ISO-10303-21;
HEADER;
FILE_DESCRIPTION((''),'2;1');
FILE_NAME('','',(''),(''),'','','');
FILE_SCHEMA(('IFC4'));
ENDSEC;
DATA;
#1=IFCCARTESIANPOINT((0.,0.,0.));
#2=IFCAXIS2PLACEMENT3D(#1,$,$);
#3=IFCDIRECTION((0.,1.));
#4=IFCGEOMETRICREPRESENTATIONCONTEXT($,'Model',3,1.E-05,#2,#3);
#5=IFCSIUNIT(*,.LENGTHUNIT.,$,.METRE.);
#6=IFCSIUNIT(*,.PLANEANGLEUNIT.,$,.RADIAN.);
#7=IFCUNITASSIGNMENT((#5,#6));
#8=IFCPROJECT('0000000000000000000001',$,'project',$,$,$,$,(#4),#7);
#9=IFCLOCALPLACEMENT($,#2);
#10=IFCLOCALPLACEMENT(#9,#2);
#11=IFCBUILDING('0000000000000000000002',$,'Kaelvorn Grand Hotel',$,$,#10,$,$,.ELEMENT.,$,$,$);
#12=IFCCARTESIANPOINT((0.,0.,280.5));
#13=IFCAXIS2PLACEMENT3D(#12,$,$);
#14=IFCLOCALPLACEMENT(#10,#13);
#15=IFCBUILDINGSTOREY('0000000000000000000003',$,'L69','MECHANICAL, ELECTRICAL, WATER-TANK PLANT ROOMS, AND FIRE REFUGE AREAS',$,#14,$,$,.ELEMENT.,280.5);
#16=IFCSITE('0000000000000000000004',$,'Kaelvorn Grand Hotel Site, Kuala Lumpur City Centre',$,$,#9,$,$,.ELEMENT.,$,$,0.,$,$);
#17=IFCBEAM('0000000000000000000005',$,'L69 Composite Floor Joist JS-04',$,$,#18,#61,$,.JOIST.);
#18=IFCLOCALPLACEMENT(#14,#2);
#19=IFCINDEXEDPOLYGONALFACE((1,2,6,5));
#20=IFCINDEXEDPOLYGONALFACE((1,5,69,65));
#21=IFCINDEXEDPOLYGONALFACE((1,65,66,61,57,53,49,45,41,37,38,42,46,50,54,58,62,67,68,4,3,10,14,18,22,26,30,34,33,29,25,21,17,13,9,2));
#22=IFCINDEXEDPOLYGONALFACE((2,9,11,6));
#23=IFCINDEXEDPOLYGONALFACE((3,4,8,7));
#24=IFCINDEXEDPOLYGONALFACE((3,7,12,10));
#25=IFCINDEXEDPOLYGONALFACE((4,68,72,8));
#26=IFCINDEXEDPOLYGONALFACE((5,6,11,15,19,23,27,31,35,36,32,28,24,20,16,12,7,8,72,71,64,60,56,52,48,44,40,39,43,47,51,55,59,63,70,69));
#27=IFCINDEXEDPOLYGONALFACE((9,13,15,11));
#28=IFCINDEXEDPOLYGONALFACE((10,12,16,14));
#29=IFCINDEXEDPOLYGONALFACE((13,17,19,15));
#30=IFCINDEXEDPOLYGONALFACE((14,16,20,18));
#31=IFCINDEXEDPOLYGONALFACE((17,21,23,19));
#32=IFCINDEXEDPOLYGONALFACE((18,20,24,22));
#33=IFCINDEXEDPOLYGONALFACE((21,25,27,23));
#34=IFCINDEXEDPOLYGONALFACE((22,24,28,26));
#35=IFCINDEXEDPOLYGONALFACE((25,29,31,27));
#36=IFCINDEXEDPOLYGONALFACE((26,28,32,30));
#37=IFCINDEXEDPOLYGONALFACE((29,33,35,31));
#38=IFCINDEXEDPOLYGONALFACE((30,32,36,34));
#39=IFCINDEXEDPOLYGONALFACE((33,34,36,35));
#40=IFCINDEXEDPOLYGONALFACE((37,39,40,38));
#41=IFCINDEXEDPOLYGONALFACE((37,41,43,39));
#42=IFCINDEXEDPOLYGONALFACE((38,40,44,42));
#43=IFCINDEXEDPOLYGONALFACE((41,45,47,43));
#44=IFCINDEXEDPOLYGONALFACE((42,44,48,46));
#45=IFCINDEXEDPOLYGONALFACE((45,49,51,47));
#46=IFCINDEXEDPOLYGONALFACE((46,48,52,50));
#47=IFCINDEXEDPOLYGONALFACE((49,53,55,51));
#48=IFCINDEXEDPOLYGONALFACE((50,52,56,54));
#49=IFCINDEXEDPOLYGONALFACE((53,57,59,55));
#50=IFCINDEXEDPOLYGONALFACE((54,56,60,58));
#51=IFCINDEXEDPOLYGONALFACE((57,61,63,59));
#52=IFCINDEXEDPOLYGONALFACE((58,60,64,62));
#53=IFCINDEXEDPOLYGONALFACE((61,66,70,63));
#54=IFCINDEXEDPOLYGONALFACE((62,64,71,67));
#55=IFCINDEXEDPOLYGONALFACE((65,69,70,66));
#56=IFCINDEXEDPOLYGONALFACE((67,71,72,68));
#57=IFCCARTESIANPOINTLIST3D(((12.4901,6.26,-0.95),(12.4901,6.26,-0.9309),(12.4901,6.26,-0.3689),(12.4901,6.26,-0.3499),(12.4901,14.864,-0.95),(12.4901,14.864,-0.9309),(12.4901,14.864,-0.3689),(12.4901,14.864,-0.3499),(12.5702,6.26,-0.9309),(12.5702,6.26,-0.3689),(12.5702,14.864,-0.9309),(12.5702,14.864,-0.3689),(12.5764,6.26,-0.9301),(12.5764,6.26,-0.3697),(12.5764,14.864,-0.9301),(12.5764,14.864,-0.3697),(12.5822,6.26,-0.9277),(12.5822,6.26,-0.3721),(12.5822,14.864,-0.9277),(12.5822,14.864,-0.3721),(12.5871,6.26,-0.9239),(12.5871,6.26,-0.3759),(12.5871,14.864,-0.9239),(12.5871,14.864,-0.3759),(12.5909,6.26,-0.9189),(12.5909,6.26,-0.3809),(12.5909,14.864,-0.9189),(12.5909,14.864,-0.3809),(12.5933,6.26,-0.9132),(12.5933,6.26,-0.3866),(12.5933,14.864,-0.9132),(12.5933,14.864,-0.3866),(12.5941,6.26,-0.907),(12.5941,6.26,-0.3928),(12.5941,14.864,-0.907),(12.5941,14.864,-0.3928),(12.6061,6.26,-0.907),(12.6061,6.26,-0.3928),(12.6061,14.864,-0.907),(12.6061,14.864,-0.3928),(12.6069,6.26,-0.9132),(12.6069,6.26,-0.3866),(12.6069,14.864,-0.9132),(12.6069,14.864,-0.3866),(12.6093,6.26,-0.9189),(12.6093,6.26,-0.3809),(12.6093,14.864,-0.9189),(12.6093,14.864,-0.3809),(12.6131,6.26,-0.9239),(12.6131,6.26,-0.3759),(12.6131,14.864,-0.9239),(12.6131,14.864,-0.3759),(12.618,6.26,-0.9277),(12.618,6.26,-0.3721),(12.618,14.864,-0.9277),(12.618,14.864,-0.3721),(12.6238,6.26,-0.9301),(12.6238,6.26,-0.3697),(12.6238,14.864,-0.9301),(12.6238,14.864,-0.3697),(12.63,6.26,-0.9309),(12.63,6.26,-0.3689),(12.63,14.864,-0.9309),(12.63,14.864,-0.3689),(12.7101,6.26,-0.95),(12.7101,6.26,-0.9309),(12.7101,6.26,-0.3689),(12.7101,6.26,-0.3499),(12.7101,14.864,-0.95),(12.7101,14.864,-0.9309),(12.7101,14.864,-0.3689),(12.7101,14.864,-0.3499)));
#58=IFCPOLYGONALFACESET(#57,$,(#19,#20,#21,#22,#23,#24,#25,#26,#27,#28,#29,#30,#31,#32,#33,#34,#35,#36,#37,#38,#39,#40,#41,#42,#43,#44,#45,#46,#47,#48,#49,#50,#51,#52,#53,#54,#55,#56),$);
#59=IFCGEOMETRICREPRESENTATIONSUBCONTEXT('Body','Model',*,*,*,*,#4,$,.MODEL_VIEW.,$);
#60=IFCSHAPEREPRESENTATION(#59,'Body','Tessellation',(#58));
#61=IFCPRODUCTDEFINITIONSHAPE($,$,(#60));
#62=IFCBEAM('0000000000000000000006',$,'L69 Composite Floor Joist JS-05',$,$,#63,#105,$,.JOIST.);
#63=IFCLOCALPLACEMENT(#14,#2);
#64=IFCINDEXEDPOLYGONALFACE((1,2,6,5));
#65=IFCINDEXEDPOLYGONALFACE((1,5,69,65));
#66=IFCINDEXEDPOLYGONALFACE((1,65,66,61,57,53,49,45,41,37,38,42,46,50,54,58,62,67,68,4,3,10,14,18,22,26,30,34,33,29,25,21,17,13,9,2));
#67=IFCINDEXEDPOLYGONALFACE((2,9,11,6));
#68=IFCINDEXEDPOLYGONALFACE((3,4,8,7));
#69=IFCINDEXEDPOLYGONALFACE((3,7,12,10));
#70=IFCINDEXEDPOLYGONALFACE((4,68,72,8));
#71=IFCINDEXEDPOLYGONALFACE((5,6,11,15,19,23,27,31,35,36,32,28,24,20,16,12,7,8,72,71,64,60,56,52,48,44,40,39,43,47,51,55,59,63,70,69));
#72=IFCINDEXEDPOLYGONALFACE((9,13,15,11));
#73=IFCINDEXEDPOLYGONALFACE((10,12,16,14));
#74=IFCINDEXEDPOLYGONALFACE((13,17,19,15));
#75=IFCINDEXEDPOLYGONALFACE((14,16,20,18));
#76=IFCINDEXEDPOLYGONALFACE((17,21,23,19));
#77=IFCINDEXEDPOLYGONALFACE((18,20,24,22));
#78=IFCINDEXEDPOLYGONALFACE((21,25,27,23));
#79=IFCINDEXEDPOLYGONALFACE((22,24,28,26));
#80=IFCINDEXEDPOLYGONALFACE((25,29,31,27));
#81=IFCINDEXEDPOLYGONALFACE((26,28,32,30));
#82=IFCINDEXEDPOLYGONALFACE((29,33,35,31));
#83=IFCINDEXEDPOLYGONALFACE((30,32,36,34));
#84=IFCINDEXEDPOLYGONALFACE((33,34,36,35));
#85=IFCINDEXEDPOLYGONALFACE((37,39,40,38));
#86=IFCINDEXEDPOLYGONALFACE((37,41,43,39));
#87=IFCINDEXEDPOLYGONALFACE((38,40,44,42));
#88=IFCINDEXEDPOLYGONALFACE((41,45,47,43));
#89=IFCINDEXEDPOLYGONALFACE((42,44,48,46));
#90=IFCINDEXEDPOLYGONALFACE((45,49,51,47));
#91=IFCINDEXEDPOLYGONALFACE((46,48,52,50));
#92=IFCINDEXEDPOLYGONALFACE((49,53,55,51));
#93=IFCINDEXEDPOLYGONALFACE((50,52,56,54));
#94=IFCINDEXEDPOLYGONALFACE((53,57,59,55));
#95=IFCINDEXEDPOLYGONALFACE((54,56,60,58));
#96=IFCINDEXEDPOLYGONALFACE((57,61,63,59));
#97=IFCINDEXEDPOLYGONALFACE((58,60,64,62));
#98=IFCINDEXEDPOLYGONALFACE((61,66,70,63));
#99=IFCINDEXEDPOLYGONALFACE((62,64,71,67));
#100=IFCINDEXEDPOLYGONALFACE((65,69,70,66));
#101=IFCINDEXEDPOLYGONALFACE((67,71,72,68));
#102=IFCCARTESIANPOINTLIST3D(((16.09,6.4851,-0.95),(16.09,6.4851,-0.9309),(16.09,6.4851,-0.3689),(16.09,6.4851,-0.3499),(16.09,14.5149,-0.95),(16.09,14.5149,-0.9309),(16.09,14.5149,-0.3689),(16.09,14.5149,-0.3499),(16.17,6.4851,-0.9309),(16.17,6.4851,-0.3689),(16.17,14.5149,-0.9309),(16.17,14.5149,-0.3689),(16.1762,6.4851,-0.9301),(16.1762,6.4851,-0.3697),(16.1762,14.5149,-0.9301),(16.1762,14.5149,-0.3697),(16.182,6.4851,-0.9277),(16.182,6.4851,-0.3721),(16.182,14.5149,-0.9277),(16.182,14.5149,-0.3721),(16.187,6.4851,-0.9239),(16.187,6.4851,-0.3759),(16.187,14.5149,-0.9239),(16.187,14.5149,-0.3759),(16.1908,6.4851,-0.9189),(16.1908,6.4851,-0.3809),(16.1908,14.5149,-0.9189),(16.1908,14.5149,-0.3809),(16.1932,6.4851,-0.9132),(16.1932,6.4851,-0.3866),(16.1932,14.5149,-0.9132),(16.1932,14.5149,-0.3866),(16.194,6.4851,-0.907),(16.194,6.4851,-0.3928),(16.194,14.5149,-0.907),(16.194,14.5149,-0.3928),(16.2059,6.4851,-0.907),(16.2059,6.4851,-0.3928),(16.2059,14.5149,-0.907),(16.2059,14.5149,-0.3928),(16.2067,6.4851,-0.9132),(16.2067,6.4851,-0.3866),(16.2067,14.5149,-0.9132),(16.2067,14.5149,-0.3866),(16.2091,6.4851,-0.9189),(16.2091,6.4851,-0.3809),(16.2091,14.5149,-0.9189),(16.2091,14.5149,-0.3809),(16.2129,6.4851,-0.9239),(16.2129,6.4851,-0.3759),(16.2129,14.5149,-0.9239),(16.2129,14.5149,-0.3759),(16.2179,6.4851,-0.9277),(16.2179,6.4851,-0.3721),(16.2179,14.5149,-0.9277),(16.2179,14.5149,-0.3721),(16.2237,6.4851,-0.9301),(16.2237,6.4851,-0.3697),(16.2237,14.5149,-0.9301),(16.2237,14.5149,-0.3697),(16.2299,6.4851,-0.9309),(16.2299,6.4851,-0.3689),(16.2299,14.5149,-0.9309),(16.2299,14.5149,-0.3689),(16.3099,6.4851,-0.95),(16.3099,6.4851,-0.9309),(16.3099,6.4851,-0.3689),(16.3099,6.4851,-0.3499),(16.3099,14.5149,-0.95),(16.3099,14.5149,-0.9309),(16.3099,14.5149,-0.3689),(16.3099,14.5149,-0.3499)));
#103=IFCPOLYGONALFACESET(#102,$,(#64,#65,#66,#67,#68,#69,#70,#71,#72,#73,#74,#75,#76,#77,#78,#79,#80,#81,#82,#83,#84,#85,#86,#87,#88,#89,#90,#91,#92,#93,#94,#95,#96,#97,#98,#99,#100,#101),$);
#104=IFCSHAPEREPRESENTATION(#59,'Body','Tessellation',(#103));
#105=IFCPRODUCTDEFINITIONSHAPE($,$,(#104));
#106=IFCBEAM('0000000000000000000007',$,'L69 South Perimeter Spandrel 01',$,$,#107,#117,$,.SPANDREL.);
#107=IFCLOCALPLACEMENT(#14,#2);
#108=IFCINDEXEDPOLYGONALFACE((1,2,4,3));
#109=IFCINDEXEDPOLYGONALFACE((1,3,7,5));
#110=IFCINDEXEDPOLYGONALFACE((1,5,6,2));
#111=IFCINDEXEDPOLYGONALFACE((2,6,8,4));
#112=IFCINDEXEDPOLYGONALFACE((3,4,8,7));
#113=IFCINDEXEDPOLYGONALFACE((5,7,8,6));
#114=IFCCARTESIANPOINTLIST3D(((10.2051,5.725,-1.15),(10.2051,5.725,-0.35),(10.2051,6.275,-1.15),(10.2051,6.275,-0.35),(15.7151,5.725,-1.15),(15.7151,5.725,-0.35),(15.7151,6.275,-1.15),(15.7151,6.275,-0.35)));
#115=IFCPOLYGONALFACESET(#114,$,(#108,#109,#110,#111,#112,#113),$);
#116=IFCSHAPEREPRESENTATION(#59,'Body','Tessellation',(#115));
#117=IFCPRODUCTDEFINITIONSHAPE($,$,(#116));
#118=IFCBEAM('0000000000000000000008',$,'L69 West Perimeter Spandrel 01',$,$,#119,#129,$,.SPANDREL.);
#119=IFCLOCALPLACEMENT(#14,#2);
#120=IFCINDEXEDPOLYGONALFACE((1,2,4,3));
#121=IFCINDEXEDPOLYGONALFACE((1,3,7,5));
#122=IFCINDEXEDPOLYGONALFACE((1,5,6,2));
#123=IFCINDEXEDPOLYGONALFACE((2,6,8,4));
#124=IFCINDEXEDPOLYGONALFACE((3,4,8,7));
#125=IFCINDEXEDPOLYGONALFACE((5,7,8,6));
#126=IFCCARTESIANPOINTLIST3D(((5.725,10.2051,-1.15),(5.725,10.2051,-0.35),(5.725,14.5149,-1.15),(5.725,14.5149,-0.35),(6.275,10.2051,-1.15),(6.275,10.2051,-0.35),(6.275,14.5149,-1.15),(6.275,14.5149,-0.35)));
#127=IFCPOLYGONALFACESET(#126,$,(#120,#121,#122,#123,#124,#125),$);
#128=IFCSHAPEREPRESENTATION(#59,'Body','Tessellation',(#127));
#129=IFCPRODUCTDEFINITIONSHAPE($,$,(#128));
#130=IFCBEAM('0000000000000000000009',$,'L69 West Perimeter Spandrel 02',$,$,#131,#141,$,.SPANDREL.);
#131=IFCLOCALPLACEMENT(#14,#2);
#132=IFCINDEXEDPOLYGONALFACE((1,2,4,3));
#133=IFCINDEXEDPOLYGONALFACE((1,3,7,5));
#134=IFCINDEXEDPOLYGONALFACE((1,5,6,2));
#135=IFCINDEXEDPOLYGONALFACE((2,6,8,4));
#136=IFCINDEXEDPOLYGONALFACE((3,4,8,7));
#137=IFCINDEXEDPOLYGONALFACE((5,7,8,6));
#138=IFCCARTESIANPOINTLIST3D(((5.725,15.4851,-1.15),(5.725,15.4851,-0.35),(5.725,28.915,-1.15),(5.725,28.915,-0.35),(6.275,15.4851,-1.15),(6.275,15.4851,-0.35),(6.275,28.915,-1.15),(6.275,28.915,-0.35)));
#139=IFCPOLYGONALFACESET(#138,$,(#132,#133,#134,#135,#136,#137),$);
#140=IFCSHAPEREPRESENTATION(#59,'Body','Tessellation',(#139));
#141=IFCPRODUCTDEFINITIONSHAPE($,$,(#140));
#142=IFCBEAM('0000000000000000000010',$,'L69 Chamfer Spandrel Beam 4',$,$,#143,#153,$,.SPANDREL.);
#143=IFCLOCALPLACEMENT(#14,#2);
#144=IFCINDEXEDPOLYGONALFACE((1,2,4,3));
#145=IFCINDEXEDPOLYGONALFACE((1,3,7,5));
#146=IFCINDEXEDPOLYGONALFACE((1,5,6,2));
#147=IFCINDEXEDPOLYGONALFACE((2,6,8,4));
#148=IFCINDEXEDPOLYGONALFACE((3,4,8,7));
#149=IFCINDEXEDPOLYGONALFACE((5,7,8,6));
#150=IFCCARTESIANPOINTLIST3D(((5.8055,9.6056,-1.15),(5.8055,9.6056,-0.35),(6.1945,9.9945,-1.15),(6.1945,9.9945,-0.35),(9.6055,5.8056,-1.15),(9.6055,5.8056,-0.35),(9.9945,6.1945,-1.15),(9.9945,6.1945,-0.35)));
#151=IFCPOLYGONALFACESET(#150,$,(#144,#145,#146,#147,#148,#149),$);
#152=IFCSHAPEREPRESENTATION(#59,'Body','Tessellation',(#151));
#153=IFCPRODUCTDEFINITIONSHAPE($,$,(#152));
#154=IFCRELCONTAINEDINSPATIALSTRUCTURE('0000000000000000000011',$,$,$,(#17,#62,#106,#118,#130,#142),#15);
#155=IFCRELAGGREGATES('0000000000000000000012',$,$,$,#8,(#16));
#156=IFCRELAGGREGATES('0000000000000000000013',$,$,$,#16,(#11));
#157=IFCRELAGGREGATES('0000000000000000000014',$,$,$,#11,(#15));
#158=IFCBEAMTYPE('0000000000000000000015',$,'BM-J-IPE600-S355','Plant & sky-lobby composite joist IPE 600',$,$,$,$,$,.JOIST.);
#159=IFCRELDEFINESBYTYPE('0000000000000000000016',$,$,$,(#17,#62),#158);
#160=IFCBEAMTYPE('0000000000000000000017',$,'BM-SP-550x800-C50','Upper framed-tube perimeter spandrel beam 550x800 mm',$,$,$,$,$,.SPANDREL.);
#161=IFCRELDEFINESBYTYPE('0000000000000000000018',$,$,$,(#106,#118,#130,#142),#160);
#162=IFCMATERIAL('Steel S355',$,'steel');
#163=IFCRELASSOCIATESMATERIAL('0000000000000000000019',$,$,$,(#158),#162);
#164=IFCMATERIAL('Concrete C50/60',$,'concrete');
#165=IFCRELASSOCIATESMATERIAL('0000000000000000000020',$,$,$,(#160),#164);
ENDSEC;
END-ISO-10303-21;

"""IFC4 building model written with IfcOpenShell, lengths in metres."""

from ifc_helpers import new_model, si_unit, direction, frame, origin, origin_2d, place, context, subcontext, project, spatial, rectangle, i_section, extrude, material, material_profile, profile_set, type_object, element, save


model = new_model("IFC4")

# Units and contexts
model_context = context("Model", 3, precision=1e-05, world=origin(), true_north=direction((0.0, 1.0)))
body_context = subcontext(model_context, "Body", "Model", "MODEL_VIEW")
ifc_project = project(units=[si_unit("LENGTHUNIT", "METRE"), si_unit("PLANEANGLEUNIT", "RADIAN")], contexts=[model_context])

# Site, building, storey
site_placement = place(None, origin())
site = spatial("IfcSite", under=ifc_project, at=site_placement, Name="Kaelvorn Grand Hotel Site, Kuala Lumpur City Centre", CompositionType="ELEMENT", RefElevation=0.0)
building_placement = place(site_placement, origin())
building = spatial("IfcBuilding", under=site, at=building_placement, Name="Kaelvorn Grand Hotel", CompositionType="ELEMENT")
storey_placement = place(building_placement, frame((0.0, 0.0, 280.5)))
storey = spatial("IfcBuildingStorey", under=building, at=storey_placement, Name="L69", Description="MECHANICAL, ELECTRICAL, WATER-TANK PLANT ROOMS, AND FIRE REFUGE AREAS", CompositionType="ELEMENT", Elevation=280.5)

# Shared definitions
ifc_material_1 = material(Name="Concrete C50/60", Category="concrete")

# Beams
ifc_material_2 = material(Name="Steel S355", Category="steel")
ifc_material_profile_1 = material_profile(ifc_material_2, i_section(OverallWidth=0.22, OverallDepth=0.6001, WebThickness=0.012, FlangeThickness=0.019, FilletRadius=0.0239, at=origin_2d()), Name="IPE 600")
ifc_profile_set_1 = profile_set([ifc_material_profile_1], Name="Steel S355")
beam_type_1 = type_object("IfcBeamType", Name="BM-J-IPE600-S355", Description="Plant & sky-lobby composite joist IPE 600", PredefinedType="JOIST", material=ifc_profile_set_1)
beam_1_placement = place(storey_placement, frame((12.6001, 6.26, -0.6499), z_axis=(0.0, 1.0, 0.0), x_axis=(-1.0, 0.0, 0.0)))
element("IfcBeam", 1, at=beam_1_placement, inside=storey, type_object=beam_type_1, Name="L69 Composite Floor Joist JS-04", PredefinedType="JOIST", context=body_context, shape_type="SweptSolid", body=[
    extrude(i_section(OverallWidth=0.22, OverallDepth=0.6001, WebThickness=0.012, FlangeThickness=0.019, FilletRadius=0.0239, at=origin_2d()), origin(), (0.0, 0.0, 1.0), 8.604),
])
beam_2_placement = place(storey_placement, frame((16.2, 6.4851, -0.6499), z_axis=(0.0, 1.0, 0.0), x_axis=(-1.0, 0.0, 0.0)))
element("IfcBeam", 2, at=beam_2_placement, inside=storey, type_object=beam_type_1, Name="L69 Composite Floor Joist JS-05", PredefinedType="JOIST", context=body_context, shape_type="SweptSolid", body=[
    extrude(i_section(OverallWidth=0.22, OverallDepth=0.6001, WebThickness=0.012, FlangeThickness=0.019, FilletRadius=0.0239, at=origin_2d()), origin(), (0.0, 0.0, 1.0), 8.0298),
])
ifc_material_profile_2 = material_profile(ifc_material_1, rectangle(XDim=0.55, YDim=0.8, at=origin_2d()), Name="RC SPANDREL 550x800")
ifc_profile_set_2 = profile_set([ifc_material_profile_2], Name="Concrete C50/60")
beam_type_2 = type_object("IfcBeamType", Name="BM-SP-550x800-C50", Description="Upper framed-tube perimeter spandrel beam 550x800 mm", PredefinedType="SPANDREL", material=ifc_profile_set_2)
beam_3_placement = place(storey_placement, frame((10.2051, 6.0, -0.75), z_axis=(1.0, 0.0, 0.0), x_axis=(0.0, 1.0, 0.0)))
element("IfcBeam", 3, at=beam_3_placement, inside=storey, type_object=beam_type_2, Name="L69 South Perimeter Spandrel 01", PredefinedType="SPANDREL", context=body_context, shape_type="SweptSolid", body=[
    extrude(rectangle(XDim=0.55, YDim=0.8, at=origin_2d()), origin(), (0.0, 0.0, 1.0), 5.51),
])
beam_4_placement = place(storey_placement, frame((6.0, 10.2051, -0.75), z_axis=(0.0, 1.0, 0.0), x_axis=(-1.0, 0.0, 0.0)))
element("IfcBeam", 4, at=beam_4_placement, inside=storey, type_object=beam_type_2, Name="L69 West Perimeter Spandrel 01", PredefinedType="SPANDREL", context=body_context, shape_type="SweptSolid", body=[
    extrude(rectangle(XDim=0.55, YDim=0.8, at=origin_2d()), origin(), (0.0, 0.0, 1.0), 4.3098),
])
beam_5_placement = place(storey_placement, frame((6.0, 15.4851, -0.75), z_axis=(0.0, 1.0, 0.0), x_axis=(-1.0, 0.0, 0.0)))
element("IfcBeam", 5, at=beam_5_placement, inside=storey, type_object=beam_type_2, Name="L69 West Perimeter Spandrel 02", PredefinedType="SPANDREL", context=body_context, shape_type="SweptSolid", body=[
    extrude(rectangle(XDim=0.55, YDim=0.8, at=origin_2d()), origin(), (0.0, 0.0, 1.0), 13.4299),
])
beam_6_placement = place(storey_placement, frame((6.0, 9.8, -0.75), z_axis=(0.707107, -0.707107, 0.0), x_axis=(0.707107, 0.707107, 0.0)))
element("IfcBeam", 6, at=beam_6_placement, inside=storey, type_object=beam_type_2, Name="L69 Chamfer Spandrel Beam 4", PredefinedType="SPANDREL", context=body_context, shape_type="SweptSolid", body=[
    extrude(rectangle(XDim=0.55, YDim=0.8, at=origin_2d()), origin(), (0.0, 0.0, 1.0), 5.374),
])

save(model, "model.ifc")
